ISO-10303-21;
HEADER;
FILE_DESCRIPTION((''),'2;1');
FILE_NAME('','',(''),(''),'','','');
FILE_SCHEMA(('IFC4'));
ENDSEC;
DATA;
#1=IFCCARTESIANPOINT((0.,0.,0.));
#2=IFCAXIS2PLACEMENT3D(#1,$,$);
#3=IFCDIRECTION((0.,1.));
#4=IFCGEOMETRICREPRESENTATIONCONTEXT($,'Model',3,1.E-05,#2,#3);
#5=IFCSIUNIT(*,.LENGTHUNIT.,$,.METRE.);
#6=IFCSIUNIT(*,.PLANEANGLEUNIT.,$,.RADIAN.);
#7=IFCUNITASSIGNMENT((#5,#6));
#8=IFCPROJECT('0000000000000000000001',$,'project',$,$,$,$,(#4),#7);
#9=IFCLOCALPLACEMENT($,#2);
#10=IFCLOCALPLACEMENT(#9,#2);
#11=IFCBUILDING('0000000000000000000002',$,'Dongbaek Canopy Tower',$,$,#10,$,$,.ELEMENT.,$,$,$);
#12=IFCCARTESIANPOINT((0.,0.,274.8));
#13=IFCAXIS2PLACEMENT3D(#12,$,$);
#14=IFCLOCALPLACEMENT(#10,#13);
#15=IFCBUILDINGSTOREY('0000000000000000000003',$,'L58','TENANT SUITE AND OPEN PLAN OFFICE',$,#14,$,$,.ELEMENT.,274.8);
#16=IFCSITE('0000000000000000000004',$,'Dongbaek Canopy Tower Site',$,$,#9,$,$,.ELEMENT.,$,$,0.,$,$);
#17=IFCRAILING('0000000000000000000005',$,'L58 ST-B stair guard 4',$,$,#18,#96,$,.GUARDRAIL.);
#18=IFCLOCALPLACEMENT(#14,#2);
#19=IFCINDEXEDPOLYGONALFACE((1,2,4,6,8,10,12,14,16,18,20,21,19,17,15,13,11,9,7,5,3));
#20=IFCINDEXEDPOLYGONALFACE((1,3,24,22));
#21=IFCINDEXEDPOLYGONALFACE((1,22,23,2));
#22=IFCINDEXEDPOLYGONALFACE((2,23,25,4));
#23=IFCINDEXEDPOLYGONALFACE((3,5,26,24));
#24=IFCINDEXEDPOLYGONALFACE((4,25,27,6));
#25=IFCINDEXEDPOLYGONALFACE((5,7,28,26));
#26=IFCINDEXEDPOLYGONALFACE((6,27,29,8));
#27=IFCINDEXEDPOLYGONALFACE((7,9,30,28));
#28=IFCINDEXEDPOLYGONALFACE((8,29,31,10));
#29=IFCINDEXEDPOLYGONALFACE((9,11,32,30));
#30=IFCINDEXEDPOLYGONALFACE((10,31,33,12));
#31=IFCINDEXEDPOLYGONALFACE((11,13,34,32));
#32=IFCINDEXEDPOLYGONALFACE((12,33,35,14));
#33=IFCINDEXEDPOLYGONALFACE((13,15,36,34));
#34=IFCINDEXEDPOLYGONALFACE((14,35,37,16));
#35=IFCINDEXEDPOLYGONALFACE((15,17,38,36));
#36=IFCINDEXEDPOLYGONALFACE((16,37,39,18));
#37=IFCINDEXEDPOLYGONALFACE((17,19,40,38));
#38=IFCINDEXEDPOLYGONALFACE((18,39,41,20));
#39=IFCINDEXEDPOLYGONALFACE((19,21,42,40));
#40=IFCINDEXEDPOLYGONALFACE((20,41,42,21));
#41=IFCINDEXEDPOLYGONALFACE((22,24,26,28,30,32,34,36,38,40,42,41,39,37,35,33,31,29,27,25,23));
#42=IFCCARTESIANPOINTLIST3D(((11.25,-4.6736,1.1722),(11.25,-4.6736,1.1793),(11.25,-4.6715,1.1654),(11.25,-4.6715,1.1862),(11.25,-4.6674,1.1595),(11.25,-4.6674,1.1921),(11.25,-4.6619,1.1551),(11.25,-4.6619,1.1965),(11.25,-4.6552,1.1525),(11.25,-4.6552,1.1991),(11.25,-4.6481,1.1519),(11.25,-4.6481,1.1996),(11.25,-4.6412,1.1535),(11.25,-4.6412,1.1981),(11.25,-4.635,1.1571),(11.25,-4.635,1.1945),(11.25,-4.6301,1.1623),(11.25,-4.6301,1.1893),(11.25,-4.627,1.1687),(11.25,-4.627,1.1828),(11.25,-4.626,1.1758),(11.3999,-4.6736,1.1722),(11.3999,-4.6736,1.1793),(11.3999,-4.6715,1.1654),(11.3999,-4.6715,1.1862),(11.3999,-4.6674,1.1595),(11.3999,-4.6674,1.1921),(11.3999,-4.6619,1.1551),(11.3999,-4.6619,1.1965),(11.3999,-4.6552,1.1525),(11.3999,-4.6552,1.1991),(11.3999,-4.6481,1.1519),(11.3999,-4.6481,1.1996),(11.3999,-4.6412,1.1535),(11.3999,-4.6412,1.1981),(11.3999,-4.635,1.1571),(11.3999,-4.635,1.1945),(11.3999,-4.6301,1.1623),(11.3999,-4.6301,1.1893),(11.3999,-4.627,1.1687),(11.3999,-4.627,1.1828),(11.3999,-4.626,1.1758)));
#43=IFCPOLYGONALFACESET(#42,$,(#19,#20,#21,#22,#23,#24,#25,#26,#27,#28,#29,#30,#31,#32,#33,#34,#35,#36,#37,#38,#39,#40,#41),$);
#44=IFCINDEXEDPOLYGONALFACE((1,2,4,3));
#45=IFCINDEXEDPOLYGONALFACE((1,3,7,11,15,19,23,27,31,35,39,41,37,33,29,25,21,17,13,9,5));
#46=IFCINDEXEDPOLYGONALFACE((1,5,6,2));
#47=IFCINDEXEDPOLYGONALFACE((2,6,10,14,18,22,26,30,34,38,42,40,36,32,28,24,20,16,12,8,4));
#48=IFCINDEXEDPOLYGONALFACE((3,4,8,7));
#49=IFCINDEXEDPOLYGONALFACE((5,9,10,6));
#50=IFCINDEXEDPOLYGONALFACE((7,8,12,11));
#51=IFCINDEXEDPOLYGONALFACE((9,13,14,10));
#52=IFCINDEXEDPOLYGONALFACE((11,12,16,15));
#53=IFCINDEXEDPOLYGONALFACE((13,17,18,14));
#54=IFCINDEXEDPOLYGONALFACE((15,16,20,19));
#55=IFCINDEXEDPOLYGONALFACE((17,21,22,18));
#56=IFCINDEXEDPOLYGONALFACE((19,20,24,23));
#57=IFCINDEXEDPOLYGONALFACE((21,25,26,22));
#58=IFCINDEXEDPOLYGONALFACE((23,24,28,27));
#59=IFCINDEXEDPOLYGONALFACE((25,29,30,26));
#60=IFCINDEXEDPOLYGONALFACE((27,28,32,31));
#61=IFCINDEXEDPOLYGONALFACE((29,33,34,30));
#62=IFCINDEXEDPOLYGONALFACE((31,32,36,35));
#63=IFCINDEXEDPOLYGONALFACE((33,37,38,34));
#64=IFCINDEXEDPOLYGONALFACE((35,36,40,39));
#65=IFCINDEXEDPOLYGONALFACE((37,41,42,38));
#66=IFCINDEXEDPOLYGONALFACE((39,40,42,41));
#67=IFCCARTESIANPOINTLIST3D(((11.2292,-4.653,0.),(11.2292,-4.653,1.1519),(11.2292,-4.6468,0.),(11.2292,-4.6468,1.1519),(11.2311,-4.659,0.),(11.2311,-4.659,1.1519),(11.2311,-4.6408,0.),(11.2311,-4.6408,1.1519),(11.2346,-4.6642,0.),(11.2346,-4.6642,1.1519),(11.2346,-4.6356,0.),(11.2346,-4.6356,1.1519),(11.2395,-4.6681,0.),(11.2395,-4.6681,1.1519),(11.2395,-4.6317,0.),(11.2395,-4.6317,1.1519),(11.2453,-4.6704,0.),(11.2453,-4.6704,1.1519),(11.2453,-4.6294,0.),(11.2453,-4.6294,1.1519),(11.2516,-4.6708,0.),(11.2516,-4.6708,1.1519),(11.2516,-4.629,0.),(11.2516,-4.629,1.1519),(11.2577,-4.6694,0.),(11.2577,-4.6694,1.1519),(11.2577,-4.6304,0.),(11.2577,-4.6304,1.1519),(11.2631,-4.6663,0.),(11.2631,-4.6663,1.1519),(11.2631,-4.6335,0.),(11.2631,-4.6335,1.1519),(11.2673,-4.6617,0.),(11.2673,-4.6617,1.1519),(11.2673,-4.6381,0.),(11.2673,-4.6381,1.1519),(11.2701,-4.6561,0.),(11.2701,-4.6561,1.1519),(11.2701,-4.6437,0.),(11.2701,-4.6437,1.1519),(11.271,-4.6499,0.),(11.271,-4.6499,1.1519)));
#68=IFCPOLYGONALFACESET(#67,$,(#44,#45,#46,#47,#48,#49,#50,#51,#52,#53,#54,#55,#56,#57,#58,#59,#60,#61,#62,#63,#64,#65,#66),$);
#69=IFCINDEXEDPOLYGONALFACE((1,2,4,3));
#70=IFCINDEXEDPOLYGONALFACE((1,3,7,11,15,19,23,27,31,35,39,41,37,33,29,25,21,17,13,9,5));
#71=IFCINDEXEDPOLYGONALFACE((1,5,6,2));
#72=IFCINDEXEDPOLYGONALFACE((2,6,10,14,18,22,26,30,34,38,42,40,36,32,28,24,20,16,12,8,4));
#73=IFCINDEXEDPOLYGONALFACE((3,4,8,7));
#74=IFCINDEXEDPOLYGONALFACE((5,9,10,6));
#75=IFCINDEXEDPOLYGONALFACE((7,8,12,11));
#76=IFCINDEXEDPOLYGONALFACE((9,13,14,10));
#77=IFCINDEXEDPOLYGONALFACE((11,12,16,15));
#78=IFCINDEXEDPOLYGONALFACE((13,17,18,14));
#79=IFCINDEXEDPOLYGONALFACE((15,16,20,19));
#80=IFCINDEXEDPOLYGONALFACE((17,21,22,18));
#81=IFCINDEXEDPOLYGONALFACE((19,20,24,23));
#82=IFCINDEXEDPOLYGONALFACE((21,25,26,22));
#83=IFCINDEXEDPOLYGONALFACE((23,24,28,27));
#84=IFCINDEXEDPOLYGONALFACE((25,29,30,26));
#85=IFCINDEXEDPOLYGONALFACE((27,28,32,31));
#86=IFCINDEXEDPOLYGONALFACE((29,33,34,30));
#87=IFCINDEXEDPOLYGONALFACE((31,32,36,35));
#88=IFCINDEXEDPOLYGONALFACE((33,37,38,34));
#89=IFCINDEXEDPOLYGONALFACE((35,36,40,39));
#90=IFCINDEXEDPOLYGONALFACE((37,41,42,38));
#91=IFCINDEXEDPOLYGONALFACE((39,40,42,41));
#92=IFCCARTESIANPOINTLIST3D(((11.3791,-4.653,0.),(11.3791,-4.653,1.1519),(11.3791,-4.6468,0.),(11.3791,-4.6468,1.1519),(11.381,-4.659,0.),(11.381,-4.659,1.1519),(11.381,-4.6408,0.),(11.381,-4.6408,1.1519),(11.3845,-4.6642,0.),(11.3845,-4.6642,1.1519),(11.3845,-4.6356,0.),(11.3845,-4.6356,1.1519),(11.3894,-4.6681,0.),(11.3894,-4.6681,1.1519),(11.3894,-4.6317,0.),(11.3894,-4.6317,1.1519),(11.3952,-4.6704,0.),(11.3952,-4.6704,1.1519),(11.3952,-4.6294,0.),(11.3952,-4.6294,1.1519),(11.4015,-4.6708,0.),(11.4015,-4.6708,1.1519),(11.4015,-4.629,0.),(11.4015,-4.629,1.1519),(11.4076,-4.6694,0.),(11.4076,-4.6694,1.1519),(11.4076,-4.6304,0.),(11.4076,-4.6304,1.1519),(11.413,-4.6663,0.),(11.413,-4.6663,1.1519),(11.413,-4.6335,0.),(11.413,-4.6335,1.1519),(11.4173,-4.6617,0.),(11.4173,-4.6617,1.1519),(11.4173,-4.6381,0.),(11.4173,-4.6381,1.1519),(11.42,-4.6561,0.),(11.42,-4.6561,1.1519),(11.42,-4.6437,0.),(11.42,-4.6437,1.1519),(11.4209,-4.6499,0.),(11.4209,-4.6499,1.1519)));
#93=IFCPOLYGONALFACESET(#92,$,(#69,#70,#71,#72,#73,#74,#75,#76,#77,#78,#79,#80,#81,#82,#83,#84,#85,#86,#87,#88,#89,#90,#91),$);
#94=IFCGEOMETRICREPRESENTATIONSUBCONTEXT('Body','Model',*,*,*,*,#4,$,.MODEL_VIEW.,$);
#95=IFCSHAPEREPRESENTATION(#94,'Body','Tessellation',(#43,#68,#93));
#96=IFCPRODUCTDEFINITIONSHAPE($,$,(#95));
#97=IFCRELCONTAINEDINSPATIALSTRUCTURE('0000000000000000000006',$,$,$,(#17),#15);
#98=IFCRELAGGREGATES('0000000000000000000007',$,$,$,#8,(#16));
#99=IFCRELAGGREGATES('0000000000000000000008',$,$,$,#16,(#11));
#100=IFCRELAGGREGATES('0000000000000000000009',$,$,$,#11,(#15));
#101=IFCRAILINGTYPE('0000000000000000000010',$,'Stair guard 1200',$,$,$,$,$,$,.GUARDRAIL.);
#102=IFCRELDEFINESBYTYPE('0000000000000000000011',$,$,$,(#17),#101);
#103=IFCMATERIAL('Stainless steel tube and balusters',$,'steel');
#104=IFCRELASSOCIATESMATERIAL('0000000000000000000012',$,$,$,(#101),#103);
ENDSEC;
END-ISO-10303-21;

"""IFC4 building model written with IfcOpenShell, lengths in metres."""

from ifc_helpers import new_model, si_unit, direction, frame, origin, origin_2d, place, context, subcontext, project, spatial, circle, extrude, material, type_object, element, save


model = new_model("IFC4")

# Units and contexts
model_context = context("Model", 3, precision=1e-05, world=origin(), true_north=direction((0.0, 1.0)))
body_context = subcontext(model_context, "Body", "Model", "MODEL_VIEW")
ifc_project = project(units=[si_unit("LENGTHUNIT", "METRE"), si_unit("PLANEANGLEUNIT", "RADIAN")], contexts=[model_context])

# Site, building, storey
site_placement = place(None, origin())
site = spatial("IfcSite", under=ifc_project, at=site_placement, Name="Dongbaek Canopy Tower Site", CompositionType="ELEMENT", RefElevation=0.0)
building_placement = place(site_placement, origin())
building = spatial("IfcBuilding", under=site, at=building_placement, Name="Dongbaek Canopy Tower", CompositionType="ELEMENT")
storey_placement = place(building_placement, frame((0.0, 0.0, 274.8)))
storey = spatial("IfcBuildingStorey", under=building, at=storey_placement, Name="L58", Description="TENANT SUITE AND OPEN PLAN OFFICE", CompositionType="ELEMENT", Elevation=274.8)

# Railing
ifc_material_1 = material(Name="Stainless steel tube and balusters", Category="steel")
railing_type_1 = type_object("IfcRailingType", Name="Stair guard 1200", PredefinedType="GUARDRAIL", material=ifc_material_1)
railing_1_placement = place(storey_placement, frame((11.25, -4.6499, 0.0)))
element("IfcRailing", 1, at=railing_1_placement, inside=storey, type_object=railing_type_1, Name="L58 ST-B stair guard 4", PredefinedType="GUARDRAIL", context=body_context, shape_type="SweptSolid", body=[
    extrude(circle(Radius=0.0239, at=origin_2d()), frame((0.0, 0.0, 1.1758), z_axis=(1.0, 0.0, 0.0), x_axis=(0.0, 1.0, 0.0)), (0.0, 0.0, 1.0), 0.1499),
    extrude(circle(Radius=0.021, at=origin_2d()), origin(), (0.0, 0.0, 1.0), 1.1519),
    extrude(circle(Radius=0.021, at=origin_2d()), frame((0.1499, 0.0, 0.0)), (0.0, 0.0, 1.0), 1.1519),
])

save(model, "model.ifc")
